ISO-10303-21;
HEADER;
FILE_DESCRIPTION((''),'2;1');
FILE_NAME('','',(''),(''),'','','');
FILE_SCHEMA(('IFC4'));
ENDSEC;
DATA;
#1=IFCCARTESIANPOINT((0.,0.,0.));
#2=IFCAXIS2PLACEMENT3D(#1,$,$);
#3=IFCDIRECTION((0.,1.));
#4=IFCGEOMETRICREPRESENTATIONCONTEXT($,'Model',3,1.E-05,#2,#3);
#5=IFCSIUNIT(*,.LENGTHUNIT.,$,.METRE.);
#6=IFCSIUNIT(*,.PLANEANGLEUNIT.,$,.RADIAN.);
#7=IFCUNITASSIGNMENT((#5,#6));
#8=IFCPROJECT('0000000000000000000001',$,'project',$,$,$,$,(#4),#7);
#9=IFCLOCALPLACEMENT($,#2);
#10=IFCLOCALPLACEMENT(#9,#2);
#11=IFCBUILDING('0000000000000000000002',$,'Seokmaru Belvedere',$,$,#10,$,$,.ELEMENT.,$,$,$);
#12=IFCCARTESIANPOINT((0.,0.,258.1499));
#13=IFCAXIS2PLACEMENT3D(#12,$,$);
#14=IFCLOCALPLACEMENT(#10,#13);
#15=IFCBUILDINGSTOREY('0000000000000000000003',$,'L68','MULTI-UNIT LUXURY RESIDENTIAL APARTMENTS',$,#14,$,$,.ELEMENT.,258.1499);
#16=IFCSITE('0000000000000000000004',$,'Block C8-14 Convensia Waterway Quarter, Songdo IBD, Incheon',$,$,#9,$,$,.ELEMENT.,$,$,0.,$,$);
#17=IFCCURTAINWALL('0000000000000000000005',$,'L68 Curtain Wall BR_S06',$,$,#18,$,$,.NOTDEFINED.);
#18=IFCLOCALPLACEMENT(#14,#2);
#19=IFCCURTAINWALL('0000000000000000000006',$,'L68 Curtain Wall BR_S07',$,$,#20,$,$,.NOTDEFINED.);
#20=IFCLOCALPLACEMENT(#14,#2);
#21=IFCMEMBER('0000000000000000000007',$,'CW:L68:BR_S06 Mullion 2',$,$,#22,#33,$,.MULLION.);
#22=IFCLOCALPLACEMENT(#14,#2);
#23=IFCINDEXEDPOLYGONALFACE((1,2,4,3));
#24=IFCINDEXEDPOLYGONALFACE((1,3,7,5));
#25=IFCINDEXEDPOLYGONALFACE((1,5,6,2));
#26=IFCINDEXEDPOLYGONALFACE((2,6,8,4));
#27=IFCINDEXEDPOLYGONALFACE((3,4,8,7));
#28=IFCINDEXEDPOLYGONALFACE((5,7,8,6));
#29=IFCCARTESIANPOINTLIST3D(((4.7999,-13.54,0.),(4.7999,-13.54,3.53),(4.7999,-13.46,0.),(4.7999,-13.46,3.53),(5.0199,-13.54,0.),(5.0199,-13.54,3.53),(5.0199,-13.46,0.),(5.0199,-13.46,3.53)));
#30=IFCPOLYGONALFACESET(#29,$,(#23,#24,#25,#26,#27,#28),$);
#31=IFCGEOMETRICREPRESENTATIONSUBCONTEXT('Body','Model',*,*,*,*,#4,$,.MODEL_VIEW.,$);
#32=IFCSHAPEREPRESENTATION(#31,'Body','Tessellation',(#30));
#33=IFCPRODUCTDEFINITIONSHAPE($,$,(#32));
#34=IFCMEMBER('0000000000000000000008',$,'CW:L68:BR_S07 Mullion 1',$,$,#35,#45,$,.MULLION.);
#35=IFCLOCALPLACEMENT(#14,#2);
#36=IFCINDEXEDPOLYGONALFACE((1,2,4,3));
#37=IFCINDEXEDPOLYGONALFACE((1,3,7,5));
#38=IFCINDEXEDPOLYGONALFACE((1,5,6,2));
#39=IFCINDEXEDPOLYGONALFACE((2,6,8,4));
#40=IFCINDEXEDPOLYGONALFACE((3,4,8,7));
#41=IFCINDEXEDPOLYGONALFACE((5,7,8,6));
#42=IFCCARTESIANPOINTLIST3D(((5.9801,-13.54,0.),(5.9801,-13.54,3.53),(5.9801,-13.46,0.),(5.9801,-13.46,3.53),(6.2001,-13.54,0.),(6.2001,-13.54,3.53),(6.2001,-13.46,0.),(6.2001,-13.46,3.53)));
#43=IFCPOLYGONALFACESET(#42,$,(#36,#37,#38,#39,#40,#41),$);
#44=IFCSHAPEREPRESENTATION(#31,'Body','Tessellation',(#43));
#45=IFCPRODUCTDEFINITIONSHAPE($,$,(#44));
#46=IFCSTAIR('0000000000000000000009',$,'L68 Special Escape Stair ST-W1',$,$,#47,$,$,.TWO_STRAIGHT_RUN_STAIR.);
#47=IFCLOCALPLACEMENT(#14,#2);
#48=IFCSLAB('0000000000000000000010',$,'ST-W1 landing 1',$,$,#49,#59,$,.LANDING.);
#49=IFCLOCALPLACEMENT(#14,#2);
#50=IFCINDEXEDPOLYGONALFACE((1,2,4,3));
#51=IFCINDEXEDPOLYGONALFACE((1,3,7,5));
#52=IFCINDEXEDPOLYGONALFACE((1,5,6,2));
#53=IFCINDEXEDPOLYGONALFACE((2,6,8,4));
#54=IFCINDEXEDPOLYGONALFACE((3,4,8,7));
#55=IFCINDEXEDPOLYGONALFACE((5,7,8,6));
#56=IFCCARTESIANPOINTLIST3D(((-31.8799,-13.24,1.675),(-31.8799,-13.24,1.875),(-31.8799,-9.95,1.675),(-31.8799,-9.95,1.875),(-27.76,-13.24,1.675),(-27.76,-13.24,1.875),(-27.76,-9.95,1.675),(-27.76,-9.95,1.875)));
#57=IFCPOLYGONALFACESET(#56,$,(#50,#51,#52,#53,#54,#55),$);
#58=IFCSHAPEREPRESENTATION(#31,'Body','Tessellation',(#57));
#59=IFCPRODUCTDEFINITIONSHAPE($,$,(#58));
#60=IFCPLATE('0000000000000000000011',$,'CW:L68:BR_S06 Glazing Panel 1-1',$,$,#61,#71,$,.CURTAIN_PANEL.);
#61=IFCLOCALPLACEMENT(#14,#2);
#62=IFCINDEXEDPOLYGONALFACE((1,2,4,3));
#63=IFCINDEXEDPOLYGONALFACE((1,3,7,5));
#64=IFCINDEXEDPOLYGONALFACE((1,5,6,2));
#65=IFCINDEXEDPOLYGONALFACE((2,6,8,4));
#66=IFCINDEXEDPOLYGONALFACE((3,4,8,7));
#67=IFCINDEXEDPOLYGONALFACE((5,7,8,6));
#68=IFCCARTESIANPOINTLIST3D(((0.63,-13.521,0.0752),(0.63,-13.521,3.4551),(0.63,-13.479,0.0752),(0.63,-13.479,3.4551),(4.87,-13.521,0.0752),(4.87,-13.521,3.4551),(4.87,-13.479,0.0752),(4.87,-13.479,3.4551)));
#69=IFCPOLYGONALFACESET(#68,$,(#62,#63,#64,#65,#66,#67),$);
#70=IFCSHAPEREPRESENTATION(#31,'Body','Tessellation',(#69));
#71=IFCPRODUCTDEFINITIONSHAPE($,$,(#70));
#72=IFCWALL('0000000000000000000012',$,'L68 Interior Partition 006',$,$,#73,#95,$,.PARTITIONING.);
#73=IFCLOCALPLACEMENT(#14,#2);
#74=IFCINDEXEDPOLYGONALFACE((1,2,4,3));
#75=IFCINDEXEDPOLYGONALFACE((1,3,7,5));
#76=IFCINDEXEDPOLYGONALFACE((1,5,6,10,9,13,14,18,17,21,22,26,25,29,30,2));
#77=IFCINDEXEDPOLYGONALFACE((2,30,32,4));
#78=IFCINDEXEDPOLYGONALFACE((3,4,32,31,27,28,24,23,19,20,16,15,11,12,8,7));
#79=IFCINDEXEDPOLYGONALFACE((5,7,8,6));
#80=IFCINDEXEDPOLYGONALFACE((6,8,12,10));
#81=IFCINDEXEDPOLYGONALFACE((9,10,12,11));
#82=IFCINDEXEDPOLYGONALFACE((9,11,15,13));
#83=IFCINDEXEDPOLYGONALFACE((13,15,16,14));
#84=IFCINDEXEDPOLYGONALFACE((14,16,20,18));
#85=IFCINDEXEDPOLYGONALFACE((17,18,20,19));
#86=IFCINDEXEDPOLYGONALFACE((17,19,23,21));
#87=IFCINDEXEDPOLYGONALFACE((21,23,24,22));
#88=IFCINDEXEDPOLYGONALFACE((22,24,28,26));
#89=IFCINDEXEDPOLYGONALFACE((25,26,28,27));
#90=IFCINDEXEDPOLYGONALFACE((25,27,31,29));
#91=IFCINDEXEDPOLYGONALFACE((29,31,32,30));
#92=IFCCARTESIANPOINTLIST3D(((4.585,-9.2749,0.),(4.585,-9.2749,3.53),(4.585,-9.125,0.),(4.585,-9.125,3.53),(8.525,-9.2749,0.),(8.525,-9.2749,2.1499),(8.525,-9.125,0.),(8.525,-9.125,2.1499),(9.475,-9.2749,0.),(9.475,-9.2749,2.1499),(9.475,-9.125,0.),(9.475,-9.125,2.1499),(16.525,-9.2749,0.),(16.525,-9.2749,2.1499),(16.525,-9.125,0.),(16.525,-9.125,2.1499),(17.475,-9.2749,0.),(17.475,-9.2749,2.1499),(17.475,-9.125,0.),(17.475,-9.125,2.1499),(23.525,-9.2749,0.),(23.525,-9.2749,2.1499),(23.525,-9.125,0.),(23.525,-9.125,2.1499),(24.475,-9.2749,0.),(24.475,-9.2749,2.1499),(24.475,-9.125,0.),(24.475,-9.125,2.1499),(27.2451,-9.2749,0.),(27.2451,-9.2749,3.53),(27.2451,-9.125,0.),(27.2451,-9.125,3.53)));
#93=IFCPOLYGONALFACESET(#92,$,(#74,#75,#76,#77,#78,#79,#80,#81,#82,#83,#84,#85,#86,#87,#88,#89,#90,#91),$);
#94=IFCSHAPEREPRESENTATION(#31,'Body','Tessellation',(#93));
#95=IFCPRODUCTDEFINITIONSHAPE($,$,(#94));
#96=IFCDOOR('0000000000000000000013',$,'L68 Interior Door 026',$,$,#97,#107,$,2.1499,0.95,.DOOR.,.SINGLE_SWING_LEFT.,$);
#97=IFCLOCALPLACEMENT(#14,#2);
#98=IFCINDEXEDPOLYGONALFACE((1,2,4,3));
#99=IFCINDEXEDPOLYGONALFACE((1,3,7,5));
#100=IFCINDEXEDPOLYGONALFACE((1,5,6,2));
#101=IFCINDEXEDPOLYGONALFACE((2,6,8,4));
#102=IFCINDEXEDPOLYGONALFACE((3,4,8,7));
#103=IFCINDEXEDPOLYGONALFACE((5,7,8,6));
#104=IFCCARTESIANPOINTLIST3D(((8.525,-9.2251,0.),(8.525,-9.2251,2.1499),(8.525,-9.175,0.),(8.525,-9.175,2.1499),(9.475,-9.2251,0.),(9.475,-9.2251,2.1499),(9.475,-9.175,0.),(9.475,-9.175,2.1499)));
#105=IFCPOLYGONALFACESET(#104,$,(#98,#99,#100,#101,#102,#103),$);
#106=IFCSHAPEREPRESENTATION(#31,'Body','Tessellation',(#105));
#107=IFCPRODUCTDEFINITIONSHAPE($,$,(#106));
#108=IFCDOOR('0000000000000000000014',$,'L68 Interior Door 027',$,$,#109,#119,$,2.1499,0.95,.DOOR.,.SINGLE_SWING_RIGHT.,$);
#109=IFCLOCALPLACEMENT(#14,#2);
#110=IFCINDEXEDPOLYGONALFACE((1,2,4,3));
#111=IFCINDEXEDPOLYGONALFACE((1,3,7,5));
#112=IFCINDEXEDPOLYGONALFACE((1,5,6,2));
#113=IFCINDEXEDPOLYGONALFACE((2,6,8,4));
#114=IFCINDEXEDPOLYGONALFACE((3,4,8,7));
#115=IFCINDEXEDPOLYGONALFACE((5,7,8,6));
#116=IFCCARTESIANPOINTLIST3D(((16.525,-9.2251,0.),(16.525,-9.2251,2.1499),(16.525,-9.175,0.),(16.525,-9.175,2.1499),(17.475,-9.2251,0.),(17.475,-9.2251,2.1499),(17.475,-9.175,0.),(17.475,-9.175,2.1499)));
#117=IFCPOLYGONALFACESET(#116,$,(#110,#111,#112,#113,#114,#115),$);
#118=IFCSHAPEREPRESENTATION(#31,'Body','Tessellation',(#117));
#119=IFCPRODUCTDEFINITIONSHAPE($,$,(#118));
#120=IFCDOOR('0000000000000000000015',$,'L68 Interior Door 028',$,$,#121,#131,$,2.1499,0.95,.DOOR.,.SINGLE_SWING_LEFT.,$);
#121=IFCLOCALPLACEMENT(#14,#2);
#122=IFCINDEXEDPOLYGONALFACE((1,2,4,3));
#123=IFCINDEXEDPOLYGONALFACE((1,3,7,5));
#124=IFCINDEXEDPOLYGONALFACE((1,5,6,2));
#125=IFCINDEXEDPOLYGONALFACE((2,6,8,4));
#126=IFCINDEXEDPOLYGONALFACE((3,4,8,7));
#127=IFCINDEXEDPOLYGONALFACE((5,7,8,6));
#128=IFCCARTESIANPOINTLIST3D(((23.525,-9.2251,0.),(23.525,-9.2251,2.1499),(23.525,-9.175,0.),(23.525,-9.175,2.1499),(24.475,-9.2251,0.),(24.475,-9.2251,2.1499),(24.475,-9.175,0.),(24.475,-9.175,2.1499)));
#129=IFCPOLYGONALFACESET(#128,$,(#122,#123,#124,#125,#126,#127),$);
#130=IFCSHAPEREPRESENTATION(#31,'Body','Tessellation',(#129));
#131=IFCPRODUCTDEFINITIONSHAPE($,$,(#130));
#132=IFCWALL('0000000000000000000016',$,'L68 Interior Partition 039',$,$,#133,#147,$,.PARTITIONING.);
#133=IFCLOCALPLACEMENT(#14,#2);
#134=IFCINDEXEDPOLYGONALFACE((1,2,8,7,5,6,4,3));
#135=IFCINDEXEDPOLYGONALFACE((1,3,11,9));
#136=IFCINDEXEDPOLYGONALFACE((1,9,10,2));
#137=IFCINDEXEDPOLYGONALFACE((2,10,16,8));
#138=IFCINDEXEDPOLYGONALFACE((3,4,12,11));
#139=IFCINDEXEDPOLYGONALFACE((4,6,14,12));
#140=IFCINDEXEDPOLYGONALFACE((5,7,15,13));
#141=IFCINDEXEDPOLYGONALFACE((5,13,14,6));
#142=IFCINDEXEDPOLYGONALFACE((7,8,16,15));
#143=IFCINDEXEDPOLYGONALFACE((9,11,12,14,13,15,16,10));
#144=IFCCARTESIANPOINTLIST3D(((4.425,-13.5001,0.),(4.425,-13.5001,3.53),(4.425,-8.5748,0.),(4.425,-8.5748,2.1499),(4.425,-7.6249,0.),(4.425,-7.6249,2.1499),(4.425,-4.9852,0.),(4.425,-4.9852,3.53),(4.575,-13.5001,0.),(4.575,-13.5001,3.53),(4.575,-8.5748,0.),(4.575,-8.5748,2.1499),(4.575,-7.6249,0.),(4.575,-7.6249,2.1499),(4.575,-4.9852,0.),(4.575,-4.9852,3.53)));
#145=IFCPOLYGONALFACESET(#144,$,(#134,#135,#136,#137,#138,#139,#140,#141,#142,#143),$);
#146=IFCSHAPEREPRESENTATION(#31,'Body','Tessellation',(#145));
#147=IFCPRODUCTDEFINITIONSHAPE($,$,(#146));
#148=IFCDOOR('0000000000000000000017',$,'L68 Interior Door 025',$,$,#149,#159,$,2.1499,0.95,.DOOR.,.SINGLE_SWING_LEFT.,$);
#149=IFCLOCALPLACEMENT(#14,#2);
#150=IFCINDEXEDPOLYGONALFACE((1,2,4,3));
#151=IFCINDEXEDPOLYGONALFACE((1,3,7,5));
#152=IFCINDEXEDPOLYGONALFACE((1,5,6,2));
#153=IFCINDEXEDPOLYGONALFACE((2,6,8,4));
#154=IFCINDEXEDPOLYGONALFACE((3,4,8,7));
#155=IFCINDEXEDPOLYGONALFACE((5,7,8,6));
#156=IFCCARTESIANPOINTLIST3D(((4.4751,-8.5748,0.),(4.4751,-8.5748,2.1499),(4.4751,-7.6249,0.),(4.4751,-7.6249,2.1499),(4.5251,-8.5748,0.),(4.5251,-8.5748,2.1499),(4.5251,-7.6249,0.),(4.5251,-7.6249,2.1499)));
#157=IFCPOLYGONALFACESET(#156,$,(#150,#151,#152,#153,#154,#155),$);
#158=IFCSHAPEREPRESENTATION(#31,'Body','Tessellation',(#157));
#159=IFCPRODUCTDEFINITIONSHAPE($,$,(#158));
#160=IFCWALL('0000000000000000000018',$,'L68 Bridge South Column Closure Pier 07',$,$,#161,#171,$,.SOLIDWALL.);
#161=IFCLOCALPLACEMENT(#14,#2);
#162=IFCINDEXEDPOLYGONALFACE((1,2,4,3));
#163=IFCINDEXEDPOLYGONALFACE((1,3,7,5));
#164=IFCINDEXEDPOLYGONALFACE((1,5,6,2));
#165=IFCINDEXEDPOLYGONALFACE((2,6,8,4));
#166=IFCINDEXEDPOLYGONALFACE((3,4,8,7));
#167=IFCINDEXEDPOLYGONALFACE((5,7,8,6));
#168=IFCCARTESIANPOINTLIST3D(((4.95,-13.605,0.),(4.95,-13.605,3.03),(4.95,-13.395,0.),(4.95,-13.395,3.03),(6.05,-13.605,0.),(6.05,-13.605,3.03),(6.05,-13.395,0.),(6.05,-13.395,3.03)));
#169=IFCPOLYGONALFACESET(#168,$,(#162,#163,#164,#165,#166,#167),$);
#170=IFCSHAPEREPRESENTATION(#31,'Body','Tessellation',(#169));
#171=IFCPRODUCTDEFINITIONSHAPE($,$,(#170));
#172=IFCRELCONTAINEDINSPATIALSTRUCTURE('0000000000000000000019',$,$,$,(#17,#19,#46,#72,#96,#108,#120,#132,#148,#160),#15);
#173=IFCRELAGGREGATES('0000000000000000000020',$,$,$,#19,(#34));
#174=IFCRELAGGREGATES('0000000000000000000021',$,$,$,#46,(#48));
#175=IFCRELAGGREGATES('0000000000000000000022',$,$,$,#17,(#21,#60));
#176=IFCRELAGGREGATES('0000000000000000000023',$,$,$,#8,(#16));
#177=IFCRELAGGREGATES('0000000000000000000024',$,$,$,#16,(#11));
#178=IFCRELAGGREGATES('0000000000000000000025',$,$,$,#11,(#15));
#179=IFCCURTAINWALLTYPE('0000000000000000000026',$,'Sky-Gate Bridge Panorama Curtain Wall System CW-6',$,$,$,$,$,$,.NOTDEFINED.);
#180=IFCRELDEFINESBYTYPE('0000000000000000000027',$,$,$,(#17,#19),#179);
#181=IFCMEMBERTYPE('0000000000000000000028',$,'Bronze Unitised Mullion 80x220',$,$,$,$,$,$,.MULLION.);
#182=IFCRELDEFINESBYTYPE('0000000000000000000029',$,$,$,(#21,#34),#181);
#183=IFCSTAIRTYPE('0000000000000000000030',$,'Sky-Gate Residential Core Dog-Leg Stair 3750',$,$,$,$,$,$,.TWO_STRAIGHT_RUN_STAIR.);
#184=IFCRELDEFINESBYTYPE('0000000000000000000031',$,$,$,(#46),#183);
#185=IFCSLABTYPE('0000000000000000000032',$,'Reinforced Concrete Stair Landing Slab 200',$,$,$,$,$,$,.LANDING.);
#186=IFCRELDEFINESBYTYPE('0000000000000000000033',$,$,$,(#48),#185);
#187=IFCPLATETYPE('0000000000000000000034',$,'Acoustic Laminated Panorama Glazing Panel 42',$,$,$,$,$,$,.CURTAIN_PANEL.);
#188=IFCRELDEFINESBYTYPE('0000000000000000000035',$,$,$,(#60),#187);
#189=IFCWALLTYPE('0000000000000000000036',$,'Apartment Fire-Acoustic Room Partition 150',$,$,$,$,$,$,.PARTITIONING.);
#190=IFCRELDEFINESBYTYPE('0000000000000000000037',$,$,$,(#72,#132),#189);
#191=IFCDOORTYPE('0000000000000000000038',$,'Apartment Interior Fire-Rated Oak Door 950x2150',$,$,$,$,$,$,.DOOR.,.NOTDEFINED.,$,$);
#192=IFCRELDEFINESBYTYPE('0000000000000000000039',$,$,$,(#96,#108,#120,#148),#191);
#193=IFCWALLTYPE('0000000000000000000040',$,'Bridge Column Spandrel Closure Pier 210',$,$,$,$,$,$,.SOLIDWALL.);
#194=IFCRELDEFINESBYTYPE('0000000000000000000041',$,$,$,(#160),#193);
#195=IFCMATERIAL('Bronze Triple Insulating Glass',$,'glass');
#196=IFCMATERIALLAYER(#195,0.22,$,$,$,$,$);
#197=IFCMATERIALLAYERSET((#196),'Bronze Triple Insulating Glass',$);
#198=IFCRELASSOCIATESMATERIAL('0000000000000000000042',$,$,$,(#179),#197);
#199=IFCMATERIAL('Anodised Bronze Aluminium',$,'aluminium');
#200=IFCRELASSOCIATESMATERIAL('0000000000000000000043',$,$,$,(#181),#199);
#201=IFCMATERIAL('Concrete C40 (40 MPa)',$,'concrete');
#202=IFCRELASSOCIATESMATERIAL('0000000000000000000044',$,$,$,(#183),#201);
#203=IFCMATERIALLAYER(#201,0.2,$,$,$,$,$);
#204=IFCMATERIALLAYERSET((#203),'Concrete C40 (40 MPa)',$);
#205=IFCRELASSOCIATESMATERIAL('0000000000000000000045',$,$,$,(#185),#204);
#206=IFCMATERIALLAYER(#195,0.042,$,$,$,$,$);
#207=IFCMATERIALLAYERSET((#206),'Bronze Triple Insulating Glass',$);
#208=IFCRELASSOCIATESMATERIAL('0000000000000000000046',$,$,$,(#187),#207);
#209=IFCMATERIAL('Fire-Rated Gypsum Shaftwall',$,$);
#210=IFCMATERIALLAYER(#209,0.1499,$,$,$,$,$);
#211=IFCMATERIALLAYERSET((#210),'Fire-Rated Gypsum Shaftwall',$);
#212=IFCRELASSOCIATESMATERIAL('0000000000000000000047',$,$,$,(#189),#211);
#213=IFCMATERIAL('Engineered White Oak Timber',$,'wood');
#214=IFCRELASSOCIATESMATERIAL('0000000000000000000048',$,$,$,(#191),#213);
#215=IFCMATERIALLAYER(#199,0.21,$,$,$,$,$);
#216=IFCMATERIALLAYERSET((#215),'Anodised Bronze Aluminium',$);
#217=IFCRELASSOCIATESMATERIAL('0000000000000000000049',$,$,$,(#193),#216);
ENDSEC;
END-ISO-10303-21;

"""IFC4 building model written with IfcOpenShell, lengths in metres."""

from ifc_helpers import new_model, si_unit, direction, frame, frame_2d, origin, origin_2d, place, context, subcontext, project, spatial, polyline, rectangle, outline, extrude, source, transform, mapped, material, layer, layer_set, material_profile, profile_set, type_object, type_shapes, element, fill, aggregate, save


model = new_model("IFC4")

# Units and contexts
model_context = context("Model", 3, precision=1e-05, world=origin(), true_north=direction((0.0, 1.0)))
body_context = subcontext(model_context, "Body", "Model", "MODEL_VIEW")
ifc_project = project(units=[si_unit("LENGTHUNIT", "METRE"), si_unit("PLANEANGLEUNIT", "RADIAN")], contexts=[model_context])

# Site, building, storey
site_placement = place(None, origin())
site = spatial("IfcSite", under=ifc_project, at=site_placement, Name="Block C8-14 Convensia Waterway Quarter, Songdo IBD, Incheon", CompositionType="ELEMENT", RefElevation=0.0)
building_placement = place(site_placement, origin())
building = spatial("IfcBuilding", under=site, at=building_placement, Name="Seokmaru Belvedere", CompositionType="ELEMENT")
storey_placement = place(building_placement, frame((0.0, 0.0, 258.1499)))
storey = spatial("IfcBuildingStorey", under=building, at=storey_placement, Name="L68", Description="MULTI-UNIT LUXURY RESIDENTIAL APARTMENTS", CompositionType="ELEMENT", Elevation=258.1499)

# Curtain walls
ifc_material_1 = material(Name="Bronze Triple Insulating Glass", Category="glass")
ifc_layer_1 = layer(ifc_material_1, 0.22)
ifc_layer_set_1 = layer_set([ifc_layer_1], Name="Bronze Triple Insulating Glass")
curtain_wall_type = type_object("IfcCurtainWallType", Name="Sky-Gate Bridge Panorama Curtain Wall System CW-6", PredefinedType="NOTDEFINED", material=ifc_layer_set_1)
curtain_wall_1_placement = place(storey_placement, origin())
curtain_wall_1 = element("IfcCurtainWall", 1, at=curtain_wall_1_placement, inside=storey, type_object=curtain_wall_type, Name="L68 Curtain Wall BR_S06", PredefinedType="NOTDEFINED")
ifc_material_2 = material(Name="Anodised Bronze Aluminium", Category="aluminium")
curtain_wall_2_placement = place(storey_placement, origin())
curtain_wall_2 = element("IfcCurtainWall", 2, at=curtain_wall_2_placement, inside=storey, type_object=curtain_wall_type, Name="L68 Curtain Wall BR_S07", PredefinedType="NOTDEFINED")

# Members
ifc_material_profile_1 = material_profile(ifc_material_2, rectangle(XDim=0.0801, YDim=0.22, at=origin_2d()), Name="CW-M-80x220")
ifc_profile_set_1 = profile_set([ifc_material_profile_1], Name="Anodised Bronze Aluminium")
member_type_1 = type_object("IfcMemberType", Name="Bronze Unitised Mullion 80x220", PredefinedType="MULLION", material=ifc_profile_set_1)
shared_shape_1 = source(origin(), body_context, "Body", "SweptSolid", [
    extrude(rectangle(XDim=0.0801, YDim=0.22, at=origin_2d()), origin(), (0.0, 0.0, 1.0), 3.53),
])
type_shapes(member_type_1, [shared_shape_1])
member_1_placement = place(storey_placement, frame((4.9099, -13.5, 0.0), z_axis=(0.0, 0.0, 1.0), x_axis=(0.0, 1.0, 0.0)))
member_1 = element("IfcMember", 3, at=member_1_placement, type_object=member_type_1, Name="CW:L68:BR_S06 Mullion 2", PredefinedType="MULLION", context=body_context, shape_type="MappedRepresentation", body=[
    mapped(shared_shape_1, transform((0.0, 0.0, 0.0), scale=1.0)),
])
member_2_placement = place(storey_placement, frame((6.0901, -13.5, 0.0), z_axis=(0.0, 0.0, 1.0), x_axis=(0.0, 1.0, 0.0)))
member_2 = element("IfcMember", 4, at=member_2_placement, type_object=member_type_1, Name="CW:L68:BR_S07 Mullion 1", PredefinedType="MULLION", context=body_context, shape_type="MappedRepresentation", body=[
    mapped(shared_shape_1, transform((0.0, 0.0, 0.0), scale=1.0)),
])
aggregate(curtain_wall_2, [member_2])

# Stair, slab
ifc_material_3 = material(Name="Concrete C40 (40 MPa)", Category="concrete")
stair_type = type_object("IfcStairType", Name="Sky-Gate Residential Core Dog-Leg Stair 3750", PredefinedType="TWO_STRAIGHT_RUN_STAIR", material=ifc_material_3)
stair_placement = place(storey_placement, origin())
stair = element("IfcStair", 5, at=stair_placement, inside=storey, type_object=stair_type, Name="L68 Special Escape Stair ST-W1", PredefinedType="TWO_STRAIGHT_RUN_STAIR")
ifc_layer_2 = layer(ifc_material_3, 0.2)
ifc_layer_set_2 = layer_set([ifc_layer_2], Name="Concrete C40 (40 MPa)")
slab_type = type_object("IfcSlabType", Name="Reinforced Concrete Stair Landing Slab 200", PredefinedType="LANDING", material=ifc_layer_set_2)
slab_placement = place(storey_placement, frame((0.0, 0.0, 1.675)))
slab = element("IfcSlab", 6, at=slab_placement, type_object=slab_type, Name="ST-W1 landing 1", PredefinedType="LANDING", context=body_context, shape_type="SweptSolid", body=[
    extrude(outline(polyline([(-31.8799, -13.24), (-27.76, -13.24), (-27.76, -9.95), (-31.8799, -9.95), (-31.8799, -13.24)])), origin(), (0.0, 0.0, 1.0), 0.2),
])
aggregate(stair, [slab])

# Plate
ifc_layer_3 = layer(ifc_material_1, 0.042)
ifc_layer_set_3 = layer_set([ifc_layer_3], Name="Bronze Triple Insulating Glass")
plate_type = type_object("IfcPlateType", Name="Acoustic Laminated Panorama Glazing Panel 42", PredefinedType="CURTAIN_PANEL", material=ifc_layer_set_3)
shared_shape_2 = source(origin(), body_context, "Body", "SweptSolid", [
    extrude(rectangle(XDim=4.24, YDim=0.042, at=origin_2d()), origin(), (0.0, 0.0, 1.0), 3.3799),
])
type_shapes(plate_type, [shared_shape_2])
plate_placement = place(storey_placement, frame((2.75, -13.5, 0.0752), z_axis=(0.0, 0.0, 1.0), x_axis=(1.0, 0.0, 0.0)))
plate = element("IfcPlate", 7, at=plate_placement, type_object=plate_type, Name="CW:L68:BR_S06 Glazing Panel 1-1", PredefinedType="CURTAIN_PANEL", context=body_context, shape_type="MappedRepresentation", body=[
    mapped(shared_shape_2, transform((0.0, 0.0, 0.0), scale=1.0)),
])
aggregate(curtain_wall_1, [member_1, plate])

# Wall, openings, doors
ifc_material_4 = material(Name="Fire-Rated Gypsum Shaftwall")
ifc_layer_4 = layer(ifc_material_4, 0.1499)
ifc_layer_set_4 = layer_set([ifc_layer_4], Name="Fire-Rated Gypsum Shaftwall")
wall_type_1 = type_object("IfcWallType", Name="Apartment Fire-Acoustic Room Partition 150", PredefinedType="PARTITIONING", material=ifc_layer_set_4)
wall_1_placement = place(storey_placement, frame((4.585, -9.2, 0.0), z_axis=(0.0, 0.0, 1.0), x_axis=(1.0, 0.0, 0.0)))
wall_1 = element("IfcWall", 8, at=wall_1_placement, inside=storey, type_object=wall_type_1, Name="L68 Interior Partition 006", PredefinedType="PARTITIONING", context=body_context, shape_type="SweptSolid", body=[
    extrude(rectangle(XDim=22.6602, YDim=0.1499, at=frame_2d((11.3301, 0.0))), origin(), (0.0, 0.0, 1.0), 3.53),
])
opening_1_placement = place(wall_1_placement, frame((3.9399, 0.0, 0.0)))
opening_1 = element("IfcOpeningElement", 9, at=opening_1_placement, cuts=wall_1, PredefinedType="OPENING", context=body_context, shape_type="SweptSolid", body=[
    extrude(rectangle(XDim=0.95, YDim=2.1499, at=frame_2d((0.4751, 1.075))), frame((0.0, 0.085, 0.0), z_axis=(0.0, -1.0, 0.0), x_axis=(1.0, 0.0, 0.0)), (0.0, 0.0, 1.0), 0.1699),
])
opening_2_placement = place(wall_1_placement, frame((11.9399, 0.0, 0.0)))
opening_2 = element("IfcOpeningElement", 10, at=opening_2_placement, cuts=wall_1, PredefinedType="OPENING", context=body_context, shape_type="SweptSolid", body=[
    extrude(rectangle(XDim=0.95, YDim=2.1499, at=frame_2d((0.4751, 1.075))), frame((0.0, 0.085, 0.0), z_axis=(0.0, -1.0, 0.0), x_axis=(1.0, 0.0, 0.0)), (0.0, 0.0, 1.0), 0.1699),
])
opening_3_placement = place(wall_1_placement, frame((18.9399, 0.0, 0.0)))
opening_3 = element("IfcOpeningElement", 11, at=opening_3_placement, cuts=wall_1, PredefinedType="OPENING", context=body_context, shape_type="SweptSolid", body=[
    extrude(rectangle(XDim=0.95, YDim=2.1499, at=frame_2d((0.4751, 1.075))), frame((0.0, 0.085, 0.0), z_axis=(0.0, -1.0, 0.0), x_axis=(1.0, 0.0, 0.0)), (0.0, 0.0, 1.0), 0.1699),
])
ifc_material_5 = material(Name="Engineered White Oak Timber", Category="wood")
door_type = type_object("IfcDoorType", Name="Apartment Interior Fire-Rated Oak Door 950x2150", OperationType="NOTDEFINED", PredefinedType="DOOR", material=ifc_material_5)
shared_shape_3 = source(origin(), body_context, "Body", "SweptSolid", [
    extrude(rectangle(XDim=0.95, YDim=2.1499, at=frame_2d((0.4751, 1.075))), frame((0.0, 0.0249, 0.0), z_axis=(0.0, -1.0, 0.0), x_axis=(1.0, 0.0, 0.0)), (0.0, 0.0, 1.0), 0.05),
])
type_shapes(door_type, [shared_shape_3])
door_1_placement = place(opening_1_placement, origin())
door_1 = element("IfcDoor", 12, at=door_1_placement, inside=storey, type_object=door_type, Name="L68 Interior Door 026", OperationType="SINGLE_SWING_LEFT", OverallHeight=2.1499, OverallWidth=0.95, PredefinedType="DOOR", context=body_context, shape_type="MappedRepresentation", body=[
    mapped(shared_shape_3, transform((0.0, 0.0, 0.0), scale=1.0)),
])
fill(opening_1, door_1)
door_2_placement = place(opening_2_placement, origin())
door_2 = element("IfcDoor", 13, at=door_2_placement, inside=storey, type_object=door_type, Name="L68 Interior Door 027", OperationType="SINGLE_SWING_RIGHT", OverallHeight=2.1499, OverallWidth=0.95, PredefinedType="DOOR", context=body_context, shape_type="MappedRepresentation", body=[
    mapped(shared_shape_3, transform((0.0, 0.0, 0.0), scale=1.0)),
])
fill(opening_2, door_2)
door_3_placement = place(opening_3_placement, origin())
door_3 = element("IfcDoor", 14, at=door_3_placement, inside=storey, type_object=door_type, Name="L68 Interior Door 028", OperationType="SINGLE_SWING_LEFT", OverallHeight=2.1499, OverallWidth=0.95, PredefinedType="DOOR", context=body_context, shape_type="MappedRepresentation", body=[
    mapped(shared_shape_3, transform((0.0, 0.0, 0.0), scale=1.0)),
])
fill(opening_3, door_3)

# Wall, opening, door
wall_2_placement = place(storey_placement, frame((4.5, -13.5, 0.0), z_axis=(0.0, 0.0, 1.0), x_axis=(0.0, 1.0, 0.0)))
wall_2 = element("IfcWall", 15, at=wall_2_placement, inside=storey, type_object=wall_type_1, Name="L68 Interior Partition 039", PredefinedType="PARTITIONING", context=body_context, shape_type="SweptSolid", body=[
    extrude(rectangle(XDim=8.5149, YDim=0.1499, at=frame_2d((4.2573, 0.0))), origin(), (0.0, 0.0, 1.0), 3.53),
])
opening_4_placement = place(wall_2_placement, frame((4.925, 0.0, 0.0)))
opening_4 = element("IfcOpeningElement", 16, at=opening_4_placement, cuts=wall_2, PredefinedType="OPENING", context=body_context, shape_type="SweptSolid", body=[
    extrude(rectangle(XDim=0.95, YDim=2.1499, at=frame_2d((0.4751, 1.075))), frame((0.0, 0.085, 0.0), z_axis=(0.0, -1.0, 0.0), x_axis=(1.0, 0.0, 0.0)), (0.0, 0.0, 1.0), 0.1699),
])
door_4_placement = place(opening_4_placement, origin())
door_4 = element("IfcDoor", 17, at=door_4_placement, inside=storey, type_object=door_type, Name="L68 Interior Door 025", OperationType="SINGLE_SWING_LEFT", OverallHeight=2.1499, OverallWidth=0.95, PredefinedType="DOOR", context=body_context, shape_type="MappedRepresentation", body=[
    mapped(shared_shape_3, transform((0.0, 0.0, 0.0), scale=1.0)),
])
fill(opening_4, door_4)

# Wall
ifc_layer_5 = layer(ifc_material_2, 0.21)
ifc_layer_set_5 = layer_set([ifc_layer_5], Name="Anodised Bronze Aluminium")
wall_type_2 = type_object("IfcWallType", Name="Bridge Column Spandrel Closure Pier 210", PredefinedType="SOLIDWALL", material=ifc_layer_set_5)
wall_3_placement = place(storey_placement, frame((4.95, -13.5, 0.0), z_axis=(0.0, 0.0, 1.0), x_axis=(1.0, 0.0, 0.0)))
element("IfcWall", 18, at=wall_3_placement, inside=storey, type_object=wall_type_2, Name="L68 Bridge South Column Closure Pier 07", PredefinedType="SOLIDWALL", context=body_context, shape_type="SweptSolid", body=[
    extrude(rectangle(XDim=1.1001, YDim=0.21, at=frame_2d((0.55, 0.0))), origin(), (0.0, 0.0, 1.0), 3.03),
])

save(model, "model.ifc")
